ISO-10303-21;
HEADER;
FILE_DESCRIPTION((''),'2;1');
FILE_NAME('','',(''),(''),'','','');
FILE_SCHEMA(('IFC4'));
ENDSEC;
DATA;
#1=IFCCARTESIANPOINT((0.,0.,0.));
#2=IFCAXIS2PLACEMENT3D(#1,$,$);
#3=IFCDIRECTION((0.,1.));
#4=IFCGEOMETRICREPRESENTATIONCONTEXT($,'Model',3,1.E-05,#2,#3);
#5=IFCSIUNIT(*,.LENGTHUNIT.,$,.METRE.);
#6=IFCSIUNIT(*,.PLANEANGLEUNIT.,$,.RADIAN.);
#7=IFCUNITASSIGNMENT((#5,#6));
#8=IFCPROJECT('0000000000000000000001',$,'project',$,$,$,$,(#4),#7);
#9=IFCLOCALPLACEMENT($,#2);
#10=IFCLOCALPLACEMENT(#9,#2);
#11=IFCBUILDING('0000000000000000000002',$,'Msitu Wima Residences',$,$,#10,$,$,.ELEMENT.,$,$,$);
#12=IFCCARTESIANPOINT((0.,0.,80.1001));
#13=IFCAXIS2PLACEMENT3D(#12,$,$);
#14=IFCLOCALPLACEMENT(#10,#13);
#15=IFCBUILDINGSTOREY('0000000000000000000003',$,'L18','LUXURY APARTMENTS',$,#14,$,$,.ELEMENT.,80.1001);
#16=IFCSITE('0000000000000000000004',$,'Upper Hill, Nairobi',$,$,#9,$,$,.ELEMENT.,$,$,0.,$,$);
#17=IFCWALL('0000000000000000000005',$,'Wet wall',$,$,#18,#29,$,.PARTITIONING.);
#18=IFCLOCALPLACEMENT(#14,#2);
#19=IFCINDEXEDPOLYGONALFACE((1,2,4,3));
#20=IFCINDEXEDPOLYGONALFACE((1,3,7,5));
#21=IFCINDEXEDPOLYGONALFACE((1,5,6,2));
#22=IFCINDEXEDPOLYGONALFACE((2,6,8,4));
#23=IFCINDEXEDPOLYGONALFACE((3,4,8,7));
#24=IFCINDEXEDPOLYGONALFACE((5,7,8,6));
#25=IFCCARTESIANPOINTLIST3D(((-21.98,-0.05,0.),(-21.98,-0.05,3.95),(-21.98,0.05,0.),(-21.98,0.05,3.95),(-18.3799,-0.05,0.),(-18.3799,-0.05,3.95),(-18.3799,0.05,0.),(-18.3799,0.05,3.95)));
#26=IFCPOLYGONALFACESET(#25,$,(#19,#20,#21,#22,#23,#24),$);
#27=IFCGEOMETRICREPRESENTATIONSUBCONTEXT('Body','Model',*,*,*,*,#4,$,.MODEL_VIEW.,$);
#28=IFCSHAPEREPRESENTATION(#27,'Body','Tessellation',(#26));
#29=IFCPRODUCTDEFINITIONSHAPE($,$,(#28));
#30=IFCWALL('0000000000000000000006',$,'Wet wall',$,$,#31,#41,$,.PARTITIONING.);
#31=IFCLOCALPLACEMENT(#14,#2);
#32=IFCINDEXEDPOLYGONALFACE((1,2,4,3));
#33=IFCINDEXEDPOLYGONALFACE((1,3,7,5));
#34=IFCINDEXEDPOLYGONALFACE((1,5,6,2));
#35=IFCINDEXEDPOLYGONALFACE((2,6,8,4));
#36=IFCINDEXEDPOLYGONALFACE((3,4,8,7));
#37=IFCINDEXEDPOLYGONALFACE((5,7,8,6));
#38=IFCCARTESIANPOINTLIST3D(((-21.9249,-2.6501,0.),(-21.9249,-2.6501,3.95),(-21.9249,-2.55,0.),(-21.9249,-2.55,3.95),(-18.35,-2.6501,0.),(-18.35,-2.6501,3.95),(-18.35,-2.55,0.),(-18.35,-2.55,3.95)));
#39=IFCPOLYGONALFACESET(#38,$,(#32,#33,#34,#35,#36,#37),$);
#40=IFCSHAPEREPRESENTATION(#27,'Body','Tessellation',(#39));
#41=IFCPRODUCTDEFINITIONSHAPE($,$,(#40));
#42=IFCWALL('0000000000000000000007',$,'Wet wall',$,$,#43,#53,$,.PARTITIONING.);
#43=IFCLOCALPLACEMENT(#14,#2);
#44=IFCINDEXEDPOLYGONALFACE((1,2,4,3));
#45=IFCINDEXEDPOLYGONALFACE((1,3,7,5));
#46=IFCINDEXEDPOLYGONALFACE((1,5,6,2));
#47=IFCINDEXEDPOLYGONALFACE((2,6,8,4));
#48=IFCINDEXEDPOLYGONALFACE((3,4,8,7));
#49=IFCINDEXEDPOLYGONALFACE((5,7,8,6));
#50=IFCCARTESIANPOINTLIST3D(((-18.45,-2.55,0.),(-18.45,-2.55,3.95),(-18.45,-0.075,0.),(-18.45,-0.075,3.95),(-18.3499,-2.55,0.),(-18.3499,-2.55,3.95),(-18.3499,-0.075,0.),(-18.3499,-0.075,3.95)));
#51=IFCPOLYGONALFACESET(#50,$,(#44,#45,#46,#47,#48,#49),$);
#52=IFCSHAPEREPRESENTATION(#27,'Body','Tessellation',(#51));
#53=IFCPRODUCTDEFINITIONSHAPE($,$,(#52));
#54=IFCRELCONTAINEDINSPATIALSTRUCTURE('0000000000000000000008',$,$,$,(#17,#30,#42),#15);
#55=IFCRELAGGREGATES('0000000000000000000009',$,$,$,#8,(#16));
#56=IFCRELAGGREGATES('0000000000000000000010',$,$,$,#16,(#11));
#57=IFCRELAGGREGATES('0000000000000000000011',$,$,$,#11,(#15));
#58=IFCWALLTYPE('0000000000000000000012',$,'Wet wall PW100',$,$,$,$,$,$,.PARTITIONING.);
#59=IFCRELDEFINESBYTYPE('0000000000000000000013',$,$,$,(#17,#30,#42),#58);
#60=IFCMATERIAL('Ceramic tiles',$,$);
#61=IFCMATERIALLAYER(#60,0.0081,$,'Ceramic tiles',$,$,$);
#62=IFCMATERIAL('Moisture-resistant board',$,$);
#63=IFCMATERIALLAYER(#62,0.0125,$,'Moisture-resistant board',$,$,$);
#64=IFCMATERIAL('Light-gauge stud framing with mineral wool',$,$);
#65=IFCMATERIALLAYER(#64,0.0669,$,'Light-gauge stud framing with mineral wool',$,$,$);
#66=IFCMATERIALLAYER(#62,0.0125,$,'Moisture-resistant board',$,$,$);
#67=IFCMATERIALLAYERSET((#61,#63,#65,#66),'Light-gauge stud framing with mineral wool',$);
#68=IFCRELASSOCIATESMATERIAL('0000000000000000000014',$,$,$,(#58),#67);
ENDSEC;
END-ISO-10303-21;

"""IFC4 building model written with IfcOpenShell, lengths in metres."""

from ifc_helpers import new_model, si_unit, direction, frame, frame_2d, origin, place, context, subcontext, project, spatial, rectangle, extrude, material, layer, layer_set, type_object, element, save


model = new_model("IFC4")

# Units and contexts
model_context = context("Model", 3, precision=1e-05, world=origin(), true_north=direction((0.0, 1.0)))
body_context = subcontext(model_context, "Body", "Model", "MODEL_VIEW")
ifc_project = project(units=[si_unit("LENGTHUNIT", "METRE"), si_unit("PLANEANGLEUNIT", "RADIAN")], contexts=[model_context])

# Site, building, storey
site_placement = place(None, origin())
site = spatial("IfcSite", under=ifc_project, at=site_placement, Name="Upper Hill, Nairobi", CompositionType="ELEMENT", RefElevation=0.0)
building_placement = place(site_placement, origin())
building = spatial("IfcBuilding", under=site, at=building_placement, Name="Msitu Wima Residences", CompositionType="ELEMENT")
storey_placement = place(building_placement, frame((0.0, 0.0, 80.1001)))
storey = spatial("IfcBuildingStorey", under=building, at=storey_placement, Name="L18", Description="LUXURY APARTMENTS", CompositionType="ELEMENT", Elevation=80.1001)

# Walls
ifc_material_1 = material(Name="Ceramic tiles")
ifc_layer_1 = layer(ifc_material_1, 0.0081, Name="Ceramic tiles")
ifc_material_2 = material(Name="Moisture-resistant board")
ifc_layer_2 = layer(ifc_material_2, 0.0125, Name="Moisture-resistant board")
ifc_material_3 = material(Name="Light-gauge stud framing with mineral wool")
ifc_layer_3 = layer(ifc_material_3, 0.0669, Name="Light-gauge stud framing with mineral wool")
ifc_layer_4 = layer(ifc_material_2, 0.0125, Name="Moisture-resistant board")
ifc_layer_set_1 = layer_set([ifc_layer_1, ifc_layer_2, ifc_layer_3, ifc_layer_4], Name="Light-gauge stud framing with mineral wool")
wall_type_1 = type_object("IfcWallType", Name="Wet wall PW100", PredefinedType="PARTITIONING", material=ifc_layer_set_1)
wall_1_placement = place(storey_placement, frame((-21.98, 0.0, 0.0), z_axis=(0.0, 0.0, 1.0), x_axis=(1.0, 0.0, 0.0)))
element("IfcWall", 1, at=wall_1_placement, inside=storey, type_object=wall_type_1, Name="Wet wall", PredefinedType="PARTITIONING", context=body_context, shape_type="SweptSolid", body=[
    extrude(rectangle(XDim=3.6001, YDim=0.1001, at=frame_2d((1.8, 0.0))), origin(), (0.0, 0.0, 1.0), 3.95),
])
wall_2_placement = place(storey_placement, frame((-21.925, -2.6001, 0.0), z_axis=(0.0, 0.0, 1.0), x_axis=(1.0, 0.0, 0.0)))
element("IfcWall", 2, at=wall_2_placement, inside=storey, type_object=wall_type_1, Name="Wet wall", PredefinedType="PARTITIONING", context=body_context, shape_type="SweptSolid", body=[
    extrude(rectangle(XDim=3.575, YDim=0.1001, at=frame_2d((1.7876, 0.0))), origin(), (0.0, 0.0, 1.0), 3.95),
])
wall_3_placement = place(storey_placement, frame((-18.3999, -2.55, 0.0), z_axis=(0.0, 0.0, 1.0), x_axis=(0.0, 1.0, 0.0)))
element("IfcWall", 3, at=wall_3_placement, inside=storey, type_object=wall_type_1, Name="Wet wall", PredefinedType="PARTITIONING", context=body_context, shape_type="SweptSolid", body=[
    extrude(rectangle(XDim=2.4751, YDim=0.1001, at=frame_2d((1.2375, 0.0))), origin(), (0.0, 0.0, 1.0), 3.95),
])

save(model, "model.ifc")
